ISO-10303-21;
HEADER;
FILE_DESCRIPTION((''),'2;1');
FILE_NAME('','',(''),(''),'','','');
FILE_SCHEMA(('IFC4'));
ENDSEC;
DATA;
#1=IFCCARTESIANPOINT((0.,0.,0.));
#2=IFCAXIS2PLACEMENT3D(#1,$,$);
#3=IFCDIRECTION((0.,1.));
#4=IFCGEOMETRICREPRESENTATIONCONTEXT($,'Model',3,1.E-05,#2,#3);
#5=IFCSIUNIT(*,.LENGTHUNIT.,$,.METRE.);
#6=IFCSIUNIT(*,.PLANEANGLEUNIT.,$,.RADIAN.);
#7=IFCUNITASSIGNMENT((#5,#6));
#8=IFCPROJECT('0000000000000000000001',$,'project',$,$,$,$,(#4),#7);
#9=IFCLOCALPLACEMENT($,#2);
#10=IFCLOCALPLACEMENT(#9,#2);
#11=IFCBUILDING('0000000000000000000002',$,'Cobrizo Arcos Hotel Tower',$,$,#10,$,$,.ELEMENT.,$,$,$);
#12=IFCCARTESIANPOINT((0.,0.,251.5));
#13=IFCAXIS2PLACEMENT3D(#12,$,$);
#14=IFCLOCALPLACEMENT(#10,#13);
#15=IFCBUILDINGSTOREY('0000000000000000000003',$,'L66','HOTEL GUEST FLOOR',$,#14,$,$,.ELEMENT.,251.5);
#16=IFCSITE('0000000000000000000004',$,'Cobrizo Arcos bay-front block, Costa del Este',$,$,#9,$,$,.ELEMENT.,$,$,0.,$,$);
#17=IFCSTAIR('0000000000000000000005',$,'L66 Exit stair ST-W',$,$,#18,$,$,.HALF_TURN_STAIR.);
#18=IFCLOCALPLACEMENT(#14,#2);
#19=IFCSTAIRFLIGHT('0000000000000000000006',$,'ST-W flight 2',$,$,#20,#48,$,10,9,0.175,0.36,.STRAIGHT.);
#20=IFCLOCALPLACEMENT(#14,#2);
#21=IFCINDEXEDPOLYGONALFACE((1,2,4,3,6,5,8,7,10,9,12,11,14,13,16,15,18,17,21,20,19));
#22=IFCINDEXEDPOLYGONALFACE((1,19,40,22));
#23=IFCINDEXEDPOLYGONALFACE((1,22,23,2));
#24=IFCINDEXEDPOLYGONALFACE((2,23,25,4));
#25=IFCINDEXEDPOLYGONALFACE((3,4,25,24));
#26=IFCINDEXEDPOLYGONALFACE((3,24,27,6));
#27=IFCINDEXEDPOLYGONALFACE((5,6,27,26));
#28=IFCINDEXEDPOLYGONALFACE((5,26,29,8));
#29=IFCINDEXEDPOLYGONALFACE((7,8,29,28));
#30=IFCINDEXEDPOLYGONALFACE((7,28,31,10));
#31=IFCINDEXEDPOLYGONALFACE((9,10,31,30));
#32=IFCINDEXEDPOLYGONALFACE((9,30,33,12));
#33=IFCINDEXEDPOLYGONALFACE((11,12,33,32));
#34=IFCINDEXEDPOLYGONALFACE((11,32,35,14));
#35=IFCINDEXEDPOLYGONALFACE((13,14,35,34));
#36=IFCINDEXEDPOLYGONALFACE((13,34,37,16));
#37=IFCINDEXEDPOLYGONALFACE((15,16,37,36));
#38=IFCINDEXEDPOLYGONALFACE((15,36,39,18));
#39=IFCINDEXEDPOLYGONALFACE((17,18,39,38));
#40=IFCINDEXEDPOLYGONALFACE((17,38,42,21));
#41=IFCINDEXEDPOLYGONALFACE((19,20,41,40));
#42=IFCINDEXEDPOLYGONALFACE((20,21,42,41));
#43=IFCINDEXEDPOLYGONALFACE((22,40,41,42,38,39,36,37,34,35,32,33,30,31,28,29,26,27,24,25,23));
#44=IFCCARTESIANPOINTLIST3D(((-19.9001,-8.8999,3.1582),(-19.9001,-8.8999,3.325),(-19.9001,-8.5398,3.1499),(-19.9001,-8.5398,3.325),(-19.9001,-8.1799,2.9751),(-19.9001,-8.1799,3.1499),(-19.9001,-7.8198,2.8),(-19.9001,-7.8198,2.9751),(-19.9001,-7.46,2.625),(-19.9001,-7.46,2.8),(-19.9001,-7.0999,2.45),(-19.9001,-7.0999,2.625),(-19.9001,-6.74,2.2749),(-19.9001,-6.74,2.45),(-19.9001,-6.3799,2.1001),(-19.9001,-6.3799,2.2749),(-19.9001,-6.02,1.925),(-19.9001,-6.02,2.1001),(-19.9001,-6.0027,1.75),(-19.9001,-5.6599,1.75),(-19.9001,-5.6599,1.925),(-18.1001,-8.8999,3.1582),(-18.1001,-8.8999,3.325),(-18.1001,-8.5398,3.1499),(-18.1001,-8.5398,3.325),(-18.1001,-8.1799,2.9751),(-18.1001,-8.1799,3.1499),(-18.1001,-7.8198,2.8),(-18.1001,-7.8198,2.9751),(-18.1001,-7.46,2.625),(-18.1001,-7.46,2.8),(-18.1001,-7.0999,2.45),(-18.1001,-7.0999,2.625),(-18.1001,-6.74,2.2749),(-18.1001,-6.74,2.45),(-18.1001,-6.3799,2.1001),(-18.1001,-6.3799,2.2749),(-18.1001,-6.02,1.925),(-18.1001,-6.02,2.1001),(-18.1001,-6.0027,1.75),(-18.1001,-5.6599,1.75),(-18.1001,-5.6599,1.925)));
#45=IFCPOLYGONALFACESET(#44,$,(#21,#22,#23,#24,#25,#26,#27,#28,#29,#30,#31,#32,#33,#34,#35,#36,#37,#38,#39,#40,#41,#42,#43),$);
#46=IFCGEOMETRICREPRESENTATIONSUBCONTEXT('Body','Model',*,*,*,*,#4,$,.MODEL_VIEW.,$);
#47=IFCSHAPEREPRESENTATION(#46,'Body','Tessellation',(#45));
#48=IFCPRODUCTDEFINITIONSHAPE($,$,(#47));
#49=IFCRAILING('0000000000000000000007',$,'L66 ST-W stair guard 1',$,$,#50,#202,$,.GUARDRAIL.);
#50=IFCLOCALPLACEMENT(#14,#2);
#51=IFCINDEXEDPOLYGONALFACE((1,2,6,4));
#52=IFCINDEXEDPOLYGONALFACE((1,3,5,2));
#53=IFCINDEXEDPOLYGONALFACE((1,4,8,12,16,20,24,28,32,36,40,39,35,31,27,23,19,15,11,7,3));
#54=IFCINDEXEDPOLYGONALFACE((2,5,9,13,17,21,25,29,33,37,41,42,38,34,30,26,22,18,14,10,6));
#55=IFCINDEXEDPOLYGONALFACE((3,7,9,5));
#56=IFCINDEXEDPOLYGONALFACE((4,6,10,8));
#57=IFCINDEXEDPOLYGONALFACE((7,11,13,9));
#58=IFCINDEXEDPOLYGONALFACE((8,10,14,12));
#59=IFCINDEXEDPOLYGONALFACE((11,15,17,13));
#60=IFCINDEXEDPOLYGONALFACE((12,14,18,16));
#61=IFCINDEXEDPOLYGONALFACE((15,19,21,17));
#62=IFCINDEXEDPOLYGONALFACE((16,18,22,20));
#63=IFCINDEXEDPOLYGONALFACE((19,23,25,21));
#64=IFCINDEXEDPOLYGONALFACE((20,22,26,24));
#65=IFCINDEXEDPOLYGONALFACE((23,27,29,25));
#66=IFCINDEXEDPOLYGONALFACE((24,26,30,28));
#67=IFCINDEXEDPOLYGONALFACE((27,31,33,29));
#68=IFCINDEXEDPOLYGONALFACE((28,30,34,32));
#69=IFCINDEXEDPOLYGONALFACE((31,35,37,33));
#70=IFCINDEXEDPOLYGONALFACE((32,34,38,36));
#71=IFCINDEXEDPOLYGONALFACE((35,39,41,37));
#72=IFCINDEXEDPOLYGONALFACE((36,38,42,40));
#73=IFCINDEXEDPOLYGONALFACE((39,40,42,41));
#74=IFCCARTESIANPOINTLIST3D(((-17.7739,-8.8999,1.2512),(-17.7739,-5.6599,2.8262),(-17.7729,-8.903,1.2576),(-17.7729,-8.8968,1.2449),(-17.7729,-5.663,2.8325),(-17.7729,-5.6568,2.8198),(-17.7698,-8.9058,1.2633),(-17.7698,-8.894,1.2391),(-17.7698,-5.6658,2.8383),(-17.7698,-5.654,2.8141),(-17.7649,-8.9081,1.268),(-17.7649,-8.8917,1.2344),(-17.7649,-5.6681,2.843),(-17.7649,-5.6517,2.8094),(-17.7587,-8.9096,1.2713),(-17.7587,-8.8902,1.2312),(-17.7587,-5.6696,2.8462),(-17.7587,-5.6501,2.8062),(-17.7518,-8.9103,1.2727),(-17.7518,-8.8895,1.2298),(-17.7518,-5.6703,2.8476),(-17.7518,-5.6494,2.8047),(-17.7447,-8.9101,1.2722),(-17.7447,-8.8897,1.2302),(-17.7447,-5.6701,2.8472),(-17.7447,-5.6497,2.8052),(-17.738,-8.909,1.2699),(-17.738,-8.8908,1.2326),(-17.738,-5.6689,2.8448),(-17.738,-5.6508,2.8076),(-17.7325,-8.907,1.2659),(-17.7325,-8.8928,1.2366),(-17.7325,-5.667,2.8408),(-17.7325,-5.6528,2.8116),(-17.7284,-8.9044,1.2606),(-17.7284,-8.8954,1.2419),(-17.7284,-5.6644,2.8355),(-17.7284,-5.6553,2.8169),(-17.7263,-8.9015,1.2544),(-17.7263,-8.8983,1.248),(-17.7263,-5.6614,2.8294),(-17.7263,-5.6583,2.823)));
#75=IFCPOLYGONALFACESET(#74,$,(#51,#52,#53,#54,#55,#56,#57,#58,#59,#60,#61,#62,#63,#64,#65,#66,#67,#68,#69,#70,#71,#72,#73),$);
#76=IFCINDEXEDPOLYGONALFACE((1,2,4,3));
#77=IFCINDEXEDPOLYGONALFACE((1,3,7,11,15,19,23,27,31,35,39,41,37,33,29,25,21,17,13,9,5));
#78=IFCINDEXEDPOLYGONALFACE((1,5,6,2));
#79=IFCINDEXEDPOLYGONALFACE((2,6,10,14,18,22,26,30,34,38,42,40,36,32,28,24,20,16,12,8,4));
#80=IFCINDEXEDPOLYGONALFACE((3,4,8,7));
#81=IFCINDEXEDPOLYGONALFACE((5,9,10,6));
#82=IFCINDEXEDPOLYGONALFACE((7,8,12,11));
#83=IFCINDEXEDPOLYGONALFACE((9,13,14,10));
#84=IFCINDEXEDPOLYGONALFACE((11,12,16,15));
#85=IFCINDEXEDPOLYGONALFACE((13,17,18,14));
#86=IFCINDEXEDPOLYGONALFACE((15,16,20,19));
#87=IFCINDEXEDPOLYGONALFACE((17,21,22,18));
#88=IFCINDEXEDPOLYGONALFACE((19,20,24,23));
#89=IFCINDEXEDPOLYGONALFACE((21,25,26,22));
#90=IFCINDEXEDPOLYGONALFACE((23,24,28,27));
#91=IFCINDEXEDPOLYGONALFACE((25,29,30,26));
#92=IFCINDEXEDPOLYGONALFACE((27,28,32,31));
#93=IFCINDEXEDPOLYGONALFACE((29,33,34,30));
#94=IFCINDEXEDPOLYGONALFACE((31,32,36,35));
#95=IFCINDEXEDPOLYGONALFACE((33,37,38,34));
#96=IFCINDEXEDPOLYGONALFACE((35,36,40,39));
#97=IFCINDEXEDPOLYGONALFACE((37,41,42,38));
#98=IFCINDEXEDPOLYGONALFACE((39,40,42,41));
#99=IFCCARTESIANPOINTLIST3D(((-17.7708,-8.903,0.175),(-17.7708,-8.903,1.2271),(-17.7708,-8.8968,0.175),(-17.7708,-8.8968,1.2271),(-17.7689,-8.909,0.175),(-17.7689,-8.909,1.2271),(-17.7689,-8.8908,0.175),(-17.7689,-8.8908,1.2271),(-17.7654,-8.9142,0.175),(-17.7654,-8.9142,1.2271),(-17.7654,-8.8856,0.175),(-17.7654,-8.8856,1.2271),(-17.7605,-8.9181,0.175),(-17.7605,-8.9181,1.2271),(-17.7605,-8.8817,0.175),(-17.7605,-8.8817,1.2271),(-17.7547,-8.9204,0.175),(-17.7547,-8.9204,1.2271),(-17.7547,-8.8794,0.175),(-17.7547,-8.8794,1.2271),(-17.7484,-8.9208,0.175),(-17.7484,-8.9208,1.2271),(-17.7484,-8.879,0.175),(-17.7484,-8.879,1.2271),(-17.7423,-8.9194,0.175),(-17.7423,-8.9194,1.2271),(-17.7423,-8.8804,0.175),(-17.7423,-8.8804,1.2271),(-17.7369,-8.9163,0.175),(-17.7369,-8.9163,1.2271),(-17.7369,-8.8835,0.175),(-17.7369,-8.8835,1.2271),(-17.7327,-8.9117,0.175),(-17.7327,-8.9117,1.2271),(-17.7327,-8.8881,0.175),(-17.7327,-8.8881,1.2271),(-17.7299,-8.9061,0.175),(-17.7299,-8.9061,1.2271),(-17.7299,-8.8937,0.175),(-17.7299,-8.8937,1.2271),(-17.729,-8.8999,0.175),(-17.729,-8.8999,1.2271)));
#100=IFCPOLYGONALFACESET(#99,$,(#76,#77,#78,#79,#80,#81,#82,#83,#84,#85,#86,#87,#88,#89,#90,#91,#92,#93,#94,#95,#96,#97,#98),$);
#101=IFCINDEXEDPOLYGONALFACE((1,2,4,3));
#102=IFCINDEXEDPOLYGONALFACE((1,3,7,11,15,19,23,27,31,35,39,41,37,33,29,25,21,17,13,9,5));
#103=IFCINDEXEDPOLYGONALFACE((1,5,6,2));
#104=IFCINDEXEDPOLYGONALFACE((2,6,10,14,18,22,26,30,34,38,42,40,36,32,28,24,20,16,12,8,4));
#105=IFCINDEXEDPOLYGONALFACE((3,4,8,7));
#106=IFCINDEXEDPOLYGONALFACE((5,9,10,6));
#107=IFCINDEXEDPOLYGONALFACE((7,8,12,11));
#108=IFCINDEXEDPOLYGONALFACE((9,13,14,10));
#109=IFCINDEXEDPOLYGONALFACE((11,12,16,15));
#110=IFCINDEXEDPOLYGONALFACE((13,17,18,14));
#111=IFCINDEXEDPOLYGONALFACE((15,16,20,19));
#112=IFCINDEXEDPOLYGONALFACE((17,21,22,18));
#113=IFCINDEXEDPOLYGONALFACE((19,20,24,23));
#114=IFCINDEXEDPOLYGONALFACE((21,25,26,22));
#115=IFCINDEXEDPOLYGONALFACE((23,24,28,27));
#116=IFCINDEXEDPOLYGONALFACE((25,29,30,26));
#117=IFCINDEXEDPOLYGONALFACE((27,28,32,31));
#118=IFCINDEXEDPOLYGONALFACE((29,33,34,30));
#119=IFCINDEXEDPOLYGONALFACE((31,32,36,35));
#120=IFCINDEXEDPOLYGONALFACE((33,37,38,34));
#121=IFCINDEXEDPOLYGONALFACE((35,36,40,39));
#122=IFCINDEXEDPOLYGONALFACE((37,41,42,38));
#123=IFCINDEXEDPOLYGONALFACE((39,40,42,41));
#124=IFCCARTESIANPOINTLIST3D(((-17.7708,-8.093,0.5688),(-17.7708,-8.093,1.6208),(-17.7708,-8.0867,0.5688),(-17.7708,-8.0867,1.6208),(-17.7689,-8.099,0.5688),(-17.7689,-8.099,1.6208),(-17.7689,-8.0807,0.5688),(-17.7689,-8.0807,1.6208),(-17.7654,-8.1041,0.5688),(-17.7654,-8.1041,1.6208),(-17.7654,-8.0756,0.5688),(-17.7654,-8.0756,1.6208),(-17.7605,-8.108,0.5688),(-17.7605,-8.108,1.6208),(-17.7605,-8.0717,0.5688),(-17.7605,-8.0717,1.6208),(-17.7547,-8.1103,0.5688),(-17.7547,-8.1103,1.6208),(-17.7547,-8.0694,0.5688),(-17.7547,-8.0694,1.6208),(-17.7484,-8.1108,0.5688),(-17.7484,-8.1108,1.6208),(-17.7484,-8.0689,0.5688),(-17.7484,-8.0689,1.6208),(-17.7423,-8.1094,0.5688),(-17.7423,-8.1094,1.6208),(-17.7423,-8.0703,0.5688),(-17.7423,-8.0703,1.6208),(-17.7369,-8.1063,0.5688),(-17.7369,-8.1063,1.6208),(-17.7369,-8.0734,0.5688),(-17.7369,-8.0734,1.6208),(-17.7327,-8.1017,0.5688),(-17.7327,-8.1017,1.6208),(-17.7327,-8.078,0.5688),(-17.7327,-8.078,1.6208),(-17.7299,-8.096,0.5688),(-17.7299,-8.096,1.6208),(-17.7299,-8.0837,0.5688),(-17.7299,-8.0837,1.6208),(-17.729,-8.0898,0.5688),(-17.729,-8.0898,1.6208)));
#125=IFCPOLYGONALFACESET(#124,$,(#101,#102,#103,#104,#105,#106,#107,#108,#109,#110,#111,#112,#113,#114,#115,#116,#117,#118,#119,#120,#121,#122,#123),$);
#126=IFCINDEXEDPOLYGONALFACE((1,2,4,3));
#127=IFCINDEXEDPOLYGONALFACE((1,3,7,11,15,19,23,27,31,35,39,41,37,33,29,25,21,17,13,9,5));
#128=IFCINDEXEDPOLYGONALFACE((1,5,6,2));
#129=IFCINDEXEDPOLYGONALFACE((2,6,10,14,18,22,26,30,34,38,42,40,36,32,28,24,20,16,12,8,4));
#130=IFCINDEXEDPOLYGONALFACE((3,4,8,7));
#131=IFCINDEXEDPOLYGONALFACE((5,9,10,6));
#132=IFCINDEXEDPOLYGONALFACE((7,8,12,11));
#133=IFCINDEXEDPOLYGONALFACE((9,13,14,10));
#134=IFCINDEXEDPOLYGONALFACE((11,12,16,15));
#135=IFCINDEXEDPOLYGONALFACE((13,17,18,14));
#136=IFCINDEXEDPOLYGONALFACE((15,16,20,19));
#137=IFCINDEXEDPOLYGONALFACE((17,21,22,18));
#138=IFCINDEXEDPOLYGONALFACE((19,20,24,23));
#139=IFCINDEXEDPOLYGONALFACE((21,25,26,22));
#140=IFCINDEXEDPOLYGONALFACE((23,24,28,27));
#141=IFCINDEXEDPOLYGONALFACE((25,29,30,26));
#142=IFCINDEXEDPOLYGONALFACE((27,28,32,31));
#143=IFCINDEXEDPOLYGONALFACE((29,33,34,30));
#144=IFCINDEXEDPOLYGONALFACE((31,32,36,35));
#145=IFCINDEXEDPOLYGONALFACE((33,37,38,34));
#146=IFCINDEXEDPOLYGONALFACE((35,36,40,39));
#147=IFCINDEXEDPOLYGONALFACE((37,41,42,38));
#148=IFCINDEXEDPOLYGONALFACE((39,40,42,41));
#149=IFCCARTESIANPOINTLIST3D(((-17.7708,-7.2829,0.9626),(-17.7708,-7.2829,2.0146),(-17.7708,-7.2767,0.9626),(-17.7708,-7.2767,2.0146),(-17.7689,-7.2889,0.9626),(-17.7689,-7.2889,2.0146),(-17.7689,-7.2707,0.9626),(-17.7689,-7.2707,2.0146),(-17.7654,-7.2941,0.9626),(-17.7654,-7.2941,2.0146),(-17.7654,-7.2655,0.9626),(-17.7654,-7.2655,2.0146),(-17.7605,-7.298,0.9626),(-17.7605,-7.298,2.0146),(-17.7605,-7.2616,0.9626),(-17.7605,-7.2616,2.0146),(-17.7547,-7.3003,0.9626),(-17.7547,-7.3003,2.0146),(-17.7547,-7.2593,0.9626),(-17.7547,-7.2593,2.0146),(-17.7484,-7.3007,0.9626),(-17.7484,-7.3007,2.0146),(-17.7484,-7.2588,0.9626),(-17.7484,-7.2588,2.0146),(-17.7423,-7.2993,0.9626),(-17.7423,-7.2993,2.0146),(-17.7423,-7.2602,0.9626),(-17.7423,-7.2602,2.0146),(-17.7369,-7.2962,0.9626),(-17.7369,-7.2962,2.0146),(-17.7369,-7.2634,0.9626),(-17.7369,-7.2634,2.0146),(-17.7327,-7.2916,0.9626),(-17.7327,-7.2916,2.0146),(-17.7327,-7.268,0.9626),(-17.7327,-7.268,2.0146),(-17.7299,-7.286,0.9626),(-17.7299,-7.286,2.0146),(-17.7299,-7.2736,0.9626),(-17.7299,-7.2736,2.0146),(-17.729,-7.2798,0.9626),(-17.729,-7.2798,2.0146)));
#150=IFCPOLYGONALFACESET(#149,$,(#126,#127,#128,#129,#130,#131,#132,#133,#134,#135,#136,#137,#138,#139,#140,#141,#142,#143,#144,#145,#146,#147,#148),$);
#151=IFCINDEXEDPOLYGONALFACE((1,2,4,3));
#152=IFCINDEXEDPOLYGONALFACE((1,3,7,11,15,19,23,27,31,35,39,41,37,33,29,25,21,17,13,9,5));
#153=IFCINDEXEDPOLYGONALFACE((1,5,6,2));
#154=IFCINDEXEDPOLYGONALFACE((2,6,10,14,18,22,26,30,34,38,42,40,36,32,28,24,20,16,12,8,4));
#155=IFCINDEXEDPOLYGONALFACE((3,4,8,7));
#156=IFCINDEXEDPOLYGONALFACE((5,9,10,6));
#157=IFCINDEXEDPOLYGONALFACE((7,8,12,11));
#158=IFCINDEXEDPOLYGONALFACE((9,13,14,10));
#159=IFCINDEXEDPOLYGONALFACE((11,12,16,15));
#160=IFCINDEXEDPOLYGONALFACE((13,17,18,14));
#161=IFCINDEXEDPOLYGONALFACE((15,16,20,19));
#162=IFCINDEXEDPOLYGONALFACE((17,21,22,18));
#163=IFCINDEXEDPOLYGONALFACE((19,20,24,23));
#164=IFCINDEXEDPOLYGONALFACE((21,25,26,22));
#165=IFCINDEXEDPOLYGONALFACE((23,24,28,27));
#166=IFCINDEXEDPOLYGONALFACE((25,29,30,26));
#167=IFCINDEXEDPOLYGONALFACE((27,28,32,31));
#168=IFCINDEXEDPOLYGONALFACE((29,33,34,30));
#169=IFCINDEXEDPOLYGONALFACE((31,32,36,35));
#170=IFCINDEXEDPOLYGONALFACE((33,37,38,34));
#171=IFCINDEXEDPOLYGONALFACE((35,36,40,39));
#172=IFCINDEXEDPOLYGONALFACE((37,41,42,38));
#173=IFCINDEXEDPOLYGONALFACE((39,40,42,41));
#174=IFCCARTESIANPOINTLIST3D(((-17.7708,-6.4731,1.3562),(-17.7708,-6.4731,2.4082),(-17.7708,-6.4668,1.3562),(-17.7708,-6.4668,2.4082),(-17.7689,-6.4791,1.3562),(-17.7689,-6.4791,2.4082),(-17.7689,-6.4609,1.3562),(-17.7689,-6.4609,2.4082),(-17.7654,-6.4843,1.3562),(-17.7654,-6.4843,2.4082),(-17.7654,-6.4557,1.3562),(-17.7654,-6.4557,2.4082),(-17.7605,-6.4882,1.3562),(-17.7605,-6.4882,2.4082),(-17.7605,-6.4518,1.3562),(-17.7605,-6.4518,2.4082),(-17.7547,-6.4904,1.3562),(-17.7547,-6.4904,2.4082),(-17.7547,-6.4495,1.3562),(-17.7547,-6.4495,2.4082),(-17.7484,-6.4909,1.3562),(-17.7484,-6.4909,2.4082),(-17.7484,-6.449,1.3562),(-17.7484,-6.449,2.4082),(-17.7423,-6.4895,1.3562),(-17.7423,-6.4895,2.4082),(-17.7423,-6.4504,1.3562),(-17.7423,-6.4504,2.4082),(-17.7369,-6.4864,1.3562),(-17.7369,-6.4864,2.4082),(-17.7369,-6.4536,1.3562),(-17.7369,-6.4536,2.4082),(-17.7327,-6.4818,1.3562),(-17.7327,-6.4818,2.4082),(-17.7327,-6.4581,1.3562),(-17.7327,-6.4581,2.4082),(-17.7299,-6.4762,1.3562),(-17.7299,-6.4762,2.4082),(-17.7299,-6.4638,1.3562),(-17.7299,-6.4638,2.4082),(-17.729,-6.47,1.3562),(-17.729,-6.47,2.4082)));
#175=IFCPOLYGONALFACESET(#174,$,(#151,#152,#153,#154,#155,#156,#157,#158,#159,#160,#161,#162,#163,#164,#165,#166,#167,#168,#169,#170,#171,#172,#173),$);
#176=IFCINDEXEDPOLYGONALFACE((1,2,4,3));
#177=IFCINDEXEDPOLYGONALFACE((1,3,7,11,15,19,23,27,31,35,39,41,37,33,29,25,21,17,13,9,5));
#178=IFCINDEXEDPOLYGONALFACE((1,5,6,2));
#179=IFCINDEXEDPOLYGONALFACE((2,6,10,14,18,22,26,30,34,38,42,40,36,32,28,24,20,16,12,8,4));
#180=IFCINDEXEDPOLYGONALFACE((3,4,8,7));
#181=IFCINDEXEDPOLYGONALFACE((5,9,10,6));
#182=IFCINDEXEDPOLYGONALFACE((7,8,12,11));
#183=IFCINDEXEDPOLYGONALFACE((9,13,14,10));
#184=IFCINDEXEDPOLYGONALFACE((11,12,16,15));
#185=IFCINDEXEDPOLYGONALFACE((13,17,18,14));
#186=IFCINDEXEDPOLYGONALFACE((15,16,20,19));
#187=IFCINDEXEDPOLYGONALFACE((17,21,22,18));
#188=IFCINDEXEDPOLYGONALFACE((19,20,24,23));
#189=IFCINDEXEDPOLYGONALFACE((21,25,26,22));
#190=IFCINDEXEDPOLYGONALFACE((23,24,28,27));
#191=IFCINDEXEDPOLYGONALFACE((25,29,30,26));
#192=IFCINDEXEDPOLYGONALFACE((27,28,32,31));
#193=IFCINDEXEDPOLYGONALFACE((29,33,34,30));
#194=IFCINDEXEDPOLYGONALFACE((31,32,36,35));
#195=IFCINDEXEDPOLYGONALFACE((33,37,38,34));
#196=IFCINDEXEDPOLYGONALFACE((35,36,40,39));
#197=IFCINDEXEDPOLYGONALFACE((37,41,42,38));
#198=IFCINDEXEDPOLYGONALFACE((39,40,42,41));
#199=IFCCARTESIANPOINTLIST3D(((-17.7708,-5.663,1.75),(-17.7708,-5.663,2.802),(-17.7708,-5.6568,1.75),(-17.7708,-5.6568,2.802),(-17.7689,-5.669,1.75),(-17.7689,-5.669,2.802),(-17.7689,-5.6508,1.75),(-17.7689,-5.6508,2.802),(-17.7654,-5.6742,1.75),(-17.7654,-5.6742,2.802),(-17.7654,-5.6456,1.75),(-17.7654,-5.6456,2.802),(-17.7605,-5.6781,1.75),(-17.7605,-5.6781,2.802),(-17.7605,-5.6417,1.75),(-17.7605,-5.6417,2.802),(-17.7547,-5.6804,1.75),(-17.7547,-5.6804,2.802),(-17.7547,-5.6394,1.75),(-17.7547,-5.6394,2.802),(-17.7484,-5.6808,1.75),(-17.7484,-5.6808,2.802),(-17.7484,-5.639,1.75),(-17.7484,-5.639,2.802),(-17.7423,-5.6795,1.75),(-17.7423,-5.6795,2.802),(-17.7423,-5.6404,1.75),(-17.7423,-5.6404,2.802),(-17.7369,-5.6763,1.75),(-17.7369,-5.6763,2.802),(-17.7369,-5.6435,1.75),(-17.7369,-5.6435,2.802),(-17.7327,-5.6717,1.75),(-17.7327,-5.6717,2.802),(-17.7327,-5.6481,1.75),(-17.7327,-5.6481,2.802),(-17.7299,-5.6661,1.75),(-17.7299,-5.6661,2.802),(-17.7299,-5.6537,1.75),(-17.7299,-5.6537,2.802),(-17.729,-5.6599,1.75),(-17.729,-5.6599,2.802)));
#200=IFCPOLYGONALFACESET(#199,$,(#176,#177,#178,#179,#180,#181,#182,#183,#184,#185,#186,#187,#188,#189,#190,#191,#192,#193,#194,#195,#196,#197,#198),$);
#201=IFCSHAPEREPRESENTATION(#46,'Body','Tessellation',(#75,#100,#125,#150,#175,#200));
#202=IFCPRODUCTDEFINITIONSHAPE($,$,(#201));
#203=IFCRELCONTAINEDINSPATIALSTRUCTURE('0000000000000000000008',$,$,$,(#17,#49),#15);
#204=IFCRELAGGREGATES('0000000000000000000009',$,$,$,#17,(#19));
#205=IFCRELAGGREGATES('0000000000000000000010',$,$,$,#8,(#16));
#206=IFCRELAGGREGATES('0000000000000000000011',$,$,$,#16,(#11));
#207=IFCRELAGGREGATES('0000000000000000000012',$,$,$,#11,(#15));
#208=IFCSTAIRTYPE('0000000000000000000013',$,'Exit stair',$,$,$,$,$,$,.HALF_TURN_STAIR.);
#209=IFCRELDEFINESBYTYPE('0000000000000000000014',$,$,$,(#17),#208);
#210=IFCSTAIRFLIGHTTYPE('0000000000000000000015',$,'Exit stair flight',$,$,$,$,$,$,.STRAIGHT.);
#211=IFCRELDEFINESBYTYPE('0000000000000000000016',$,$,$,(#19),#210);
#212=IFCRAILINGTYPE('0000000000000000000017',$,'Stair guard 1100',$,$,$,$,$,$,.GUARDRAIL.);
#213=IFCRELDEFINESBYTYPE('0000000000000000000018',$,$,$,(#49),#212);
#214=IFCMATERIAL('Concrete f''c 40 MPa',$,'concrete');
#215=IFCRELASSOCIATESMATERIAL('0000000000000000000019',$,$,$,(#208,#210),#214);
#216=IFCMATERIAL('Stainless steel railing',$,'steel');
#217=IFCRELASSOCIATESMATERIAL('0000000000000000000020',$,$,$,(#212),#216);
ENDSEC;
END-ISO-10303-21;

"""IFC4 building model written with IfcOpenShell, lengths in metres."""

from ifc_helpers import new_model, si_unit, direction, frame, origin, origin_2d, place, context, subcontext, project, spatial, polyline, circle, outline, extrude, material, type_object, element, aggregate, save


model = new_model("IFC4")

# Units and contexts
model_context = context("Model", 3, precision=1e-05, world=origin(), true_north=direction((0.0, 1.0)))
body_context = subcontext(model_context, "Body", "Model", "MODEL_VIEW")
ifc_project = project(units=[si_unit("LENGTHUNIT", "METRE"), si_unit("PLANEANGLEUNIT", "RADIAN")], contexts=[model_context])

# Site, building, storey
site_placement = place(None, origin())
site = spatial("IfcSite", under=ifc_project, at=site_placement, Name="Cobrizo Arcos bay-front block, Costa del Este", CompositionType="ELEMENT", RefElevation=0.0)
building_placement = place(site_placement, origin())
building = spatial("IfcBuilding", under=site, at=building_placement, Name="Cobrizo Arcos Hotel Tower", CompositionType="ELEMENT")
storey_placement = place(building_placement, frame((0.0, 0.0, 251.5)))
storey = spatial("IfcBuildingStorey", under=building, at=storey_placement, Name="L66", Description="HOTEL GUEST FLOOR", CompositionType="ELEMENT", Elevation=251.5)

# Shared definitions
ifc_material_1 = material(Name="Concrete f'c 40 MPa", Category="concrete")

# Stair, stair flight
stair_type = type_object("IfcStairType", Name="Exit stair", PredefinedType="HALF_TURN_STAIR", material=ifc_material_1)
stair_placement = place(storey_placement, origin())
stair = element("IfcStair", 1, at=stair_placement, inside=storey, type_object=stair_type, Name="L66 Exit stair ST-W", PredefinedType="HALF_TURN_STAIR")
stair_flight_type = type_object("IfcStairFlightType", Name="Exit stair flight", PredefinedType="STRAIGHT", material=ifc_material_1)
stair_flight_1_placement = place(storey_placement, frame((-19.0, -5.6599, 1.75), z_axis=(0.0, 0.0, 1.0), x_axis=(0.0, -1.0, 0.0)))
stair_flight_1 = element("IfcStairFlight", 2, at=stair_flight_1_placement, type_object=stair_flight_type, Name="ST-W flight 2", NumberOfRisers=10, NumberOfTreads=9, PredefinedType="STRAIGHT", RiserHeight=0.175, TreadLength=0.36, context=body_context, shape_type="SweptSolid", body=[
    extrude(outline(polyline([(0.0, 0.0), (0.0, 0.175), (0.3601, 0.175), (0.3601, 0.3501), (0.72, 0.3501), (0.72, 0.5249), (1.0801, 0.5249), (1.0801, 0.7), (1.4399, 0.7), (1.4399, 0.875), (1.8, 0.875), (1.8, 1.05), (2.1599, 1.05), (2.1599, 1.2251), (2.52, 1.2251), (2.52, 1.3999), (2.8799, 1.3999), (2.8799, 1.575), (3.24, 1.575), (3.24, 1.75), (3.24, 1.4082), (0.3428, 0.0), (0.0, 0.0)])), frame((0.0, 0.8999, 0.0), z_axis=(0.0, -1.0, 0.0), x_axis=(1.0, 0.0, 0.0)), (0.0, 0.0, 1.0), 1.8),
])
aggregate(stair, [stair_flight_1])

# Railing
ifc_material_2 = material(Name="Stainless steel railing", Category="steel")
railing_type_1 = type_object("IfcRailingType", Name="Stair guard 1100", PredefinedType="GUARDRAIL", material=ifc_material_2)
railing_1_placement = place(storey_placement, frame((-17.75, -8.8999, 0.175)))
element("IfcRailing", 3, at=railing_1_placement, inside=storey, type_object=railing_type_1, Name="L66 ST-W stair guard 1", PredefinedType="GUARDRAIL", context=body_context, shape_type="SweptSolid", body=[
    extrude(circle(Radius=0.0239, at=origin_2d()), frame((0.0, 0.0, 1.0762), z_axis=(0.0, 0.899373, 0.437183), x_axis=(-1.0, 0.0, 0.0)), (0.0, 0.0, 1.0), 3.6025),
    extrude(circle(Radius=0.021, at=origin_2d()), origin(), (0.0, 0.0, 1.0), 1.052),
    extrude(circle(Radius=0.021, at=origin_2d()), frame((0.0, 0.8101, 0.3938)), (0.0, 0.0, 1.0), 1.052),
    extrude(circle(Radius=0.021, at=origin_2d()), frame((0.0, 1.6201, 0.7876)), (0.0, 0.0, 1.0), 1.052),
    extrude(circle(Radius=0.021, at=origin_2d()), frame((0.0, 2.4299, 1.1812)), (0.0, 0.0, 1.0), 1.052),
    extrude(circle(Radius=0.021, at=origin_2d()), frame((0.0, 3.24, 1.575)), (0.0, 0.0, 1.0), 1.052),
])

save(model, "model.ifc")
